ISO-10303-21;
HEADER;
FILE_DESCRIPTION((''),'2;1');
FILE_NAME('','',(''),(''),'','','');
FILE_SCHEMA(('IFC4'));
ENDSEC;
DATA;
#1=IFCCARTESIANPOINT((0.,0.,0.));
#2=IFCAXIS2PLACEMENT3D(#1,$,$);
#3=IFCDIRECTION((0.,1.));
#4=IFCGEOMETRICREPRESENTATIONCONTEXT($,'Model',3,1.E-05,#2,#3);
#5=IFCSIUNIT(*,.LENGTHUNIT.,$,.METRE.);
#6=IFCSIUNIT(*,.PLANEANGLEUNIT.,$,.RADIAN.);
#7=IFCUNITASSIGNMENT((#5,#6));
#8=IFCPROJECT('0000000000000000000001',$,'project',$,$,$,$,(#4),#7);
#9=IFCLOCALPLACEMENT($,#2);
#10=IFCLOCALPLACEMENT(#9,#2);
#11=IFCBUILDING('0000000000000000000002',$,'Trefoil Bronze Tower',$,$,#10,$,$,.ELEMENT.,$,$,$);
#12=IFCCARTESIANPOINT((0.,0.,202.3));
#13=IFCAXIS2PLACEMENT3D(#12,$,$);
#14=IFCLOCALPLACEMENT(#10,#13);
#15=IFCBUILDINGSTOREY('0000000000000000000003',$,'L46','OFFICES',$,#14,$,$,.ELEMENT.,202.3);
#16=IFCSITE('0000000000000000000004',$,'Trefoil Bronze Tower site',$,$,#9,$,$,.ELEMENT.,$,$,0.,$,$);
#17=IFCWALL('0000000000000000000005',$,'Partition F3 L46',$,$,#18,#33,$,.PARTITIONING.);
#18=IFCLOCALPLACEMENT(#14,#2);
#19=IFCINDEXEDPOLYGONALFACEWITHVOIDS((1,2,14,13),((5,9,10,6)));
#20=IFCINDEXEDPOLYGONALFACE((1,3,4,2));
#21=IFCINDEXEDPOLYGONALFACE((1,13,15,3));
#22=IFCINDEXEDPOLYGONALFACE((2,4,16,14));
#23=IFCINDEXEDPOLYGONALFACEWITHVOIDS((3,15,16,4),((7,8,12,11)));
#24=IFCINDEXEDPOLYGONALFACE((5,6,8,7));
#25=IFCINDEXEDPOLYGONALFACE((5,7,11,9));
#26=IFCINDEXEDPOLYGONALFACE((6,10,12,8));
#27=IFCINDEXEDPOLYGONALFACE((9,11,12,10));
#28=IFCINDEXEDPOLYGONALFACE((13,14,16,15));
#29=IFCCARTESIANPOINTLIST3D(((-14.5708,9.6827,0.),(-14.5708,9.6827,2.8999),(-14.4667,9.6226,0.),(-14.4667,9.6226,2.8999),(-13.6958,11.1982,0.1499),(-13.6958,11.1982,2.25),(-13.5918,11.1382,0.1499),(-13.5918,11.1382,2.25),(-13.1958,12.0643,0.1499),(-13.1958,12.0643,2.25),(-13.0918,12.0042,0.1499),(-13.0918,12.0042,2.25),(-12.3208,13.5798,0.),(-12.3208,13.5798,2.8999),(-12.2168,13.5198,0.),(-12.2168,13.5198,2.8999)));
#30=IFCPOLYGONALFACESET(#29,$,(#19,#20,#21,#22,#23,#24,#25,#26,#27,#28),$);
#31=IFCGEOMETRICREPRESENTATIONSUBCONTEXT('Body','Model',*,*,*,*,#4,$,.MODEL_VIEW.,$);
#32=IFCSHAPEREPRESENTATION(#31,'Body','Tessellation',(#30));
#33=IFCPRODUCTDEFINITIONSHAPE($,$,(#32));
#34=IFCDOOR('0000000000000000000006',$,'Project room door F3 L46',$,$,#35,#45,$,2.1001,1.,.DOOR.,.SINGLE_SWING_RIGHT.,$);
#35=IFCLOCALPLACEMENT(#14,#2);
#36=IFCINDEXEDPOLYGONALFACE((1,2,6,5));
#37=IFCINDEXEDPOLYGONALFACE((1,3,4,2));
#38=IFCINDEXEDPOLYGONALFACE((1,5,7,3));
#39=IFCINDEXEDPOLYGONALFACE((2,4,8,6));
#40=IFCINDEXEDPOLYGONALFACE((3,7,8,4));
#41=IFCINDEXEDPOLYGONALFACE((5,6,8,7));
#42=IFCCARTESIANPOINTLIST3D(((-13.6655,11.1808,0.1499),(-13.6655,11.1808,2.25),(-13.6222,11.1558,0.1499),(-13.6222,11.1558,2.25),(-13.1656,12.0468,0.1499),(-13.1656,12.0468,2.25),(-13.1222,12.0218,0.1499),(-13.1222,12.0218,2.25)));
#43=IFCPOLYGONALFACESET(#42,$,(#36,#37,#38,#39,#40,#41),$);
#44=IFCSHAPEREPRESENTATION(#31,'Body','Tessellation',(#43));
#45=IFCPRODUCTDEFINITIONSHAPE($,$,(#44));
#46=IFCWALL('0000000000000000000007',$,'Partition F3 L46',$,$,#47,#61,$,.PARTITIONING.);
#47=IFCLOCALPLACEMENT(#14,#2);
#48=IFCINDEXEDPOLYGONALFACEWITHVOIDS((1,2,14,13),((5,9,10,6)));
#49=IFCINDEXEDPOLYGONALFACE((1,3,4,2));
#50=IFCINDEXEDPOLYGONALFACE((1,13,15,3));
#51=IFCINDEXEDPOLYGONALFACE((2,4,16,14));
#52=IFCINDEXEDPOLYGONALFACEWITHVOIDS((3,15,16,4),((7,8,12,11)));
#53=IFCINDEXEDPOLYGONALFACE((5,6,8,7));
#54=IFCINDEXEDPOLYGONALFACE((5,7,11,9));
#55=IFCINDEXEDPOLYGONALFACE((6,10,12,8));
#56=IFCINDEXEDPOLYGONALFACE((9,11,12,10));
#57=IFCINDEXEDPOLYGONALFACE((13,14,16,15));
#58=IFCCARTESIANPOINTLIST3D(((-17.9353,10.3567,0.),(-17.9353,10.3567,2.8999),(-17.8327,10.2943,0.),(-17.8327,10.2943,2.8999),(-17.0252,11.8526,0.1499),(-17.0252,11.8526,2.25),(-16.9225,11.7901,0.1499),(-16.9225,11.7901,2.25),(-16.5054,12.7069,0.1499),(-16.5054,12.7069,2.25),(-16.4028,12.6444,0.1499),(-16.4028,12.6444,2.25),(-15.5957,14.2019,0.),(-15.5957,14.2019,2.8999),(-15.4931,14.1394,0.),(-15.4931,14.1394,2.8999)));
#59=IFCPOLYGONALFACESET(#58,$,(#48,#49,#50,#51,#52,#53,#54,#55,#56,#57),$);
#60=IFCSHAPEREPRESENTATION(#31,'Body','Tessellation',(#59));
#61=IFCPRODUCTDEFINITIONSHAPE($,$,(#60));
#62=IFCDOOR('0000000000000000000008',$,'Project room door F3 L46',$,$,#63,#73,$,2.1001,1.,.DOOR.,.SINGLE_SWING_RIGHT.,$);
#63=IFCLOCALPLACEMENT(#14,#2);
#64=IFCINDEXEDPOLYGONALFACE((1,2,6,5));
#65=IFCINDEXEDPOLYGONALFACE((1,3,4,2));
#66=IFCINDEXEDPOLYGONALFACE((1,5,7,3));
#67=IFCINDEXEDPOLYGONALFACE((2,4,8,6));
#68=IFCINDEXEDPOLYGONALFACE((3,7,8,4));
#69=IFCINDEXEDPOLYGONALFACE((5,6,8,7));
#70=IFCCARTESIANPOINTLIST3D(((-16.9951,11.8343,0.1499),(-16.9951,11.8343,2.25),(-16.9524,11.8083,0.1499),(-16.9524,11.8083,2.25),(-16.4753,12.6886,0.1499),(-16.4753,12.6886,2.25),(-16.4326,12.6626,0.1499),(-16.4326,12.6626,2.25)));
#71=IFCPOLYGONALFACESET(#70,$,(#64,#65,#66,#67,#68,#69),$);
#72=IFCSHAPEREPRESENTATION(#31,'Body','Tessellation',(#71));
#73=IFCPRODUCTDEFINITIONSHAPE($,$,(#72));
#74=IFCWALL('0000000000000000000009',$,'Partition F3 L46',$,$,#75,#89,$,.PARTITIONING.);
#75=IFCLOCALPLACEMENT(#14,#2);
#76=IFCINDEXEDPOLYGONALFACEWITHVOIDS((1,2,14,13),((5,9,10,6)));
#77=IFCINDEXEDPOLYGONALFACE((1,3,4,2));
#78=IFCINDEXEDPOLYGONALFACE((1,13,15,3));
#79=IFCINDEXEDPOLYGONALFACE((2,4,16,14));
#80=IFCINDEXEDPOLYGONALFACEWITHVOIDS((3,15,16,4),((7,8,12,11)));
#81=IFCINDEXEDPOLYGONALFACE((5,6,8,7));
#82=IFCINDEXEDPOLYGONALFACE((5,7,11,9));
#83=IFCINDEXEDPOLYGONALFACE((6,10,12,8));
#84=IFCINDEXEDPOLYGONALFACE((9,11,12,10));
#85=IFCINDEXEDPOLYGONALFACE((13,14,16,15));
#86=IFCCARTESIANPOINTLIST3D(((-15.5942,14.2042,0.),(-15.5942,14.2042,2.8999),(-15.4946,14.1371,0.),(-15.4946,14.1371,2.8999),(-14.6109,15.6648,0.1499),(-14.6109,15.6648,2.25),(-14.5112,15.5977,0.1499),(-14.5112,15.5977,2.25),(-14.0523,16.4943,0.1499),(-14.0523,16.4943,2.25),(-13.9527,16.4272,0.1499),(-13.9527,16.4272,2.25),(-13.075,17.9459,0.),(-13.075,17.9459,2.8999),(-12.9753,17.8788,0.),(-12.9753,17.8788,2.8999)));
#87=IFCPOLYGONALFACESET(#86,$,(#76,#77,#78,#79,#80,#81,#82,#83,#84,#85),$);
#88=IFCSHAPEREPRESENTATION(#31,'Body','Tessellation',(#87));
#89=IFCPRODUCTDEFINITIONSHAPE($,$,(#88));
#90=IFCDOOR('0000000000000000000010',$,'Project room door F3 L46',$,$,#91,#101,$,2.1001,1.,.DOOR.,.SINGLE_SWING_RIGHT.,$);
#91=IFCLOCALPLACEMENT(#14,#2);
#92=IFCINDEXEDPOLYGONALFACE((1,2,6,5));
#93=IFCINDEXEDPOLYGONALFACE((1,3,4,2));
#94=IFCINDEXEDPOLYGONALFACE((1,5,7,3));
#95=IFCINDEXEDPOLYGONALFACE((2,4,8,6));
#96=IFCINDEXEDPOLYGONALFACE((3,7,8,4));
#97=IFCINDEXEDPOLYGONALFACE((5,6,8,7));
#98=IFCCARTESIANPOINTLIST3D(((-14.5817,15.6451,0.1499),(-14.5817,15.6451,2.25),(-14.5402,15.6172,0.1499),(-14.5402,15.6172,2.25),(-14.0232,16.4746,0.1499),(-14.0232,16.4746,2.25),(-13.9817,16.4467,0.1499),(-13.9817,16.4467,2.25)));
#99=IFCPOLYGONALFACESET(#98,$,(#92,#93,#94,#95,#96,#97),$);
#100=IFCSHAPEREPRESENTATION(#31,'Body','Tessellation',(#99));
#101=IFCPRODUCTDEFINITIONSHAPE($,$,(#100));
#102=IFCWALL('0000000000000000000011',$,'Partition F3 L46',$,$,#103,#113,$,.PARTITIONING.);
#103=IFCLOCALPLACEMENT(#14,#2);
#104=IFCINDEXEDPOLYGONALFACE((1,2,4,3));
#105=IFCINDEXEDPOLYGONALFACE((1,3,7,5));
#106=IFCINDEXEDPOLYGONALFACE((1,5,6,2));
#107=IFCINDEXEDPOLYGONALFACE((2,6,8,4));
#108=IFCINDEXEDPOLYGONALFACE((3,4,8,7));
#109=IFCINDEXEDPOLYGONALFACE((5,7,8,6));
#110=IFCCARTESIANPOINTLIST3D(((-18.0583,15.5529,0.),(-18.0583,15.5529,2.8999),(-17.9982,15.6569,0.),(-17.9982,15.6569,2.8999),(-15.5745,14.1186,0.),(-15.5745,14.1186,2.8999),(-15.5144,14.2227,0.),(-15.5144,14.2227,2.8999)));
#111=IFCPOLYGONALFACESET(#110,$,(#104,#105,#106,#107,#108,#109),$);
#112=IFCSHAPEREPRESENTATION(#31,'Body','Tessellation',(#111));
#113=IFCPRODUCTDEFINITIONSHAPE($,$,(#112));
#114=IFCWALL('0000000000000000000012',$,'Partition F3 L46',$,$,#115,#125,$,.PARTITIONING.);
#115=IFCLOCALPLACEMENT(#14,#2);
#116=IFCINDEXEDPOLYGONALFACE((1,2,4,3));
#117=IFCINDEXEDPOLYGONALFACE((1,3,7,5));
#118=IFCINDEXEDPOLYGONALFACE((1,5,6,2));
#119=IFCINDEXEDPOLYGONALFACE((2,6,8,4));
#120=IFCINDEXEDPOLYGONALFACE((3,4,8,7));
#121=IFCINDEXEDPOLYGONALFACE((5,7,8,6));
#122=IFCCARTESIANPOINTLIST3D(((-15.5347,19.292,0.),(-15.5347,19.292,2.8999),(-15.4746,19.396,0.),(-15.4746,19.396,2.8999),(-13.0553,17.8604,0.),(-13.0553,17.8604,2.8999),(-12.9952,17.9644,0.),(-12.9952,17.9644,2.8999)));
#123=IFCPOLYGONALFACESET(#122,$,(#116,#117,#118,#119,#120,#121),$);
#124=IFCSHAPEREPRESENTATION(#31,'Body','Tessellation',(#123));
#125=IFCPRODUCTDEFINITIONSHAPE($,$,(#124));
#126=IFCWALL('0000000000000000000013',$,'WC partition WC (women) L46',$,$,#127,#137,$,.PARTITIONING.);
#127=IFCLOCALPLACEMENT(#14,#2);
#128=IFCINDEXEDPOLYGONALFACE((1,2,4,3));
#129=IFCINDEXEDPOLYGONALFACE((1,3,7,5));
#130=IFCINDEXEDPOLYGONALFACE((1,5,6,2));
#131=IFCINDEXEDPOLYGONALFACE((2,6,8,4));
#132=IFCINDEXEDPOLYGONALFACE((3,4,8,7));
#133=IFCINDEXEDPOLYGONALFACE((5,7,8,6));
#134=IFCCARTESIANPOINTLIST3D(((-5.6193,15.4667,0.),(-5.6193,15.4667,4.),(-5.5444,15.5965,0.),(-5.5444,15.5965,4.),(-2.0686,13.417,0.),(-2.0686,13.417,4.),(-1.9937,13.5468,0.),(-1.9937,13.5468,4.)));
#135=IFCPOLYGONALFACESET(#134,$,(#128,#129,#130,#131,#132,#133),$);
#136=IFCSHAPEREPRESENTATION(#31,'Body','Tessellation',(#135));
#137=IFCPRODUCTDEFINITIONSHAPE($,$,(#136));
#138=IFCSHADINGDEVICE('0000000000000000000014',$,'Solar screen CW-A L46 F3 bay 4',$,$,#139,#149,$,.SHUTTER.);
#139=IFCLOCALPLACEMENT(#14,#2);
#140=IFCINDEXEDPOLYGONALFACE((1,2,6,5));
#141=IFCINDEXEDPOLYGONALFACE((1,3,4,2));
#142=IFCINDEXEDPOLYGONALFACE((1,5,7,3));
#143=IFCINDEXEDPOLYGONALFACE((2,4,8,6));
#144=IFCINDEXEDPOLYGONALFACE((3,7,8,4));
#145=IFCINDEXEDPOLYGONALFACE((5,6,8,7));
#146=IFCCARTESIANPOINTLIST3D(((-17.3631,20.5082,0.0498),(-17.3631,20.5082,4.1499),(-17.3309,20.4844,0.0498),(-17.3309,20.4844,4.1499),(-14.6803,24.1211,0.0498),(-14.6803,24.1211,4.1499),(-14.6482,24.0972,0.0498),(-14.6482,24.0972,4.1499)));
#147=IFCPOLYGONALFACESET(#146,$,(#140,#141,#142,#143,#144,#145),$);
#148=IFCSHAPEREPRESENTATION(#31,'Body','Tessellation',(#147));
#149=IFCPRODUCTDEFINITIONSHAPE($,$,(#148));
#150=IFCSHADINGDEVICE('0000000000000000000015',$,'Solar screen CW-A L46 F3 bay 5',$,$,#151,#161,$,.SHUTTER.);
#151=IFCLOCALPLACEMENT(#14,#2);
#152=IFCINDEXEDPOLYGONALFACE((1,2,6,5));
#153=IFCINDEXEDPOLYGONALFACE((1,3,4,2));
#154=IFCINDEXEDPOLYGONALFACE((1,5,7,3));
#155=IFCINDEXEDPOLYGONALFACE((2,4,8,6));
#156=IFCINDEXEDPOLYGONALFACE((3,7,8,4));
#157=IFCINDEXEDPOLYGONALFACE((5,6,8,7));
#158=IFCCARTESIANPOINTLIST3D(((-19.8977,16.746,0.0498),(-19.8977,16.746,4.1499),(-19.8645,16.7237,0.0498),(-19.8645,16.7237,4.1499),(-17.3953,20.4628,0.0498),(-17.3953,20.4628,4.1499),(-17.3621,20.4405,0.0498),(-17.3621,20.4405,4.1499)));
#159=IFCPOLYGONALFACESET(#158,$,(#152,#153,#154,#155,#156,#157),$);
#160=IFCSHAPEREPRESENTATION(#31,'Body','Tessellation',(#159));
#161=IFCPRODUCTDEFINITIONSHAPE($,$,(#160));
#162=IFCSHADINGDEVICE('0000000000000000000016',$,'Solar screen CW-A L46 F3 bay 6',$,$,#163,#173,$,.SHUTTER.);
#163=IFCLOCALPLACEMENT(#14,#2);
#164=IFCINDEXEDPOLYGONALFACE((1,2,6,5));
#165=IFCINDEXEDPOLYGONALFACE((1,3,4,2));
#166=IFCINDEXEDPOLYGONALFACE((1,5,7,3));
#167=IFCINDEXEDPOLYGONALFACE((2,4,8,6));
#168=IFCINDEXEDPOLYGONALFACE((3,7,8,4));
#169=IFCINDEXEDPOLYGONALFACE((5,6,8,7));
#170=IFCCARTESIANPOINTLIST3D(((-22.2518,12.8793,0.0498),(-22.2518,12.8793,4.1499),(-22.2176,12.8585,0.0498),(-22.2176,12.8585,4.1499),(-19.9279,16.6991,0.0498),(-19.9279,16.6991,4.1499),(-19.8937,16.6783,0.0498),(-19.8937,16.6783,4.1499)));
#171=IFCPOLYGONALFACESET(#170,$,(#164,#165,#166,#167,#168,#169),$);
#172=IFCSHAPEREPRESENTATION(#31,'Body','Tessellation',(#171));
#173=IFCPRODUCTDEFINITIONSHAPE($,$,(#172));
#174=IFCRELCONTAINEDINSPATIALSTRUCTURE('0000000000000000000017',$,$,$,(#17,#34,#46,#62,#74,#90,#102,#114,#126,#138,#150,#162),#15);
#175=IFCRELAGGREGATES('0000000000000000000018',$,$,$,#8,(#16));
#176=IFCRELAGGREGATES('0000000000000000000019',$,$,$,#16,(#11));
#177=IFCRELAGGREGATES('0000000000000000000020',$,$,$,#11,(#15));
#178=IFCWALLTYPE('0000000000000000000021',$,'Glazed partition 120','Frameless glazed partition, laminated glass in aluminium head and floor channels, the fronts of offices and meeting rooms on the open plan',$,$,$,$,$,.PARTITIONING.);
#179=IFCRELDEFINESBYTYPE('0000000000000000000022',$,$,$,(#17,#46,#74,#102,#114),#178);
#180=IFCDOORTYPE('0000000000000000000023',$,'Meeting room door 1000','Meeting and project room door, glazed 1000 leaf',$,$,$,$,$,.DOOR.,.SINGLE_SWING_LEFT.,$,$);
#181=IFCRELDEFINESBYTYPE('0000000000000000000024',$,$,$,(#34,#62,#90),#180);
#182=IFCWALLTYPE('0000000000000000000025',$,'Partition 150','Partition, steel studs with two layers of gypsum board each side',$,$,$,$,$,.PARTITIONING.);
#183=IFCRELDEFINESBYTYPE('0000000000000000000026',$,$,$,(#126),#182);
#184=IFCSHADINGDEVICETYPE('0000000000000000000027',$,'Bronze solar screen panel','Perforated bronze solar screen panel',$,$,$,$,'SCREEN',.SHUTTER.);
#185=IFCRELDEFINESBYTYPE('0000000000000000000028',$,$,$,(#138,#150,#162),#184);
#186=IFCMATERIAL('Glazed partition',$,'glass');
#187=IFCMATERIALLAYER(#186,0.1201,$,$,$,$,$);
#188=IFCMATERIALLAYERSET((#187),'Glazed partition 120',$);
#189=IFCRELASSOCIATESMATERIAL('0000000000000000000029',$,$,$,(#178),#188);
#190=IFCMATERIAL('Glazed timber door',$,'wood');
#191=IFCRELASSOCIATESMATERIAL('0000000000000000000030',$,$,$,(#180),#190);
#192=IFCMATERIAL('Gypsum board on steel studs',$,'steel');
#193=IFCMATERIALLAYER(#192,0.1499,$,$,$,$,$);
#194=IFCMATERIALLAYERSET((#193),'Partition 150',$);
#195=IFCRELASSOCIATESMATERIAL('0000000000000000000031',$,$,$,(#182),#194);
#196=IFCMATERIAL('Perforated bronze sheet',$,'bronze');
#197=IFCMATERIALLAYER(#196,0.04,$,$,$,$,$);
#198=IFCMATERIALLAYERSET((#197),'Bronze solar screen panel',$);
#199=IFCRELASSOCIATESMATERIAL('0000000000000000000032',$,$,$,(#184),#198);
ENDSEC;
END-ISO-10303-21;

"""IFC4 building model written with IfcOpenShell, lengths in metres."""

from ifc_helpers import new_model, si_unit, direction, frame, frame_2d, origin, origin_2d, place, context, subcontext, project, spatial, rectangle, extrude, material, layer, layer_set, type_object, element, fill, save


model = new_model("IFC4")

# Units and contexts
model_context = context("Model", 3, precision=1e-05, world=origin(), true_north=direction((0.0, 1.0)))
body_context = subcontext(model_context, "Body", "Model", "MODEL_VIEW")
ifc_project = project(units=[si_unit("LENGTHUNIT", "METRE"), si_unit("PLANEANGLEUNIT", "RADIAN")], contexts=[model_context])

# Site, building, storey
site_placement = place(None, origin())
site = spatial("IfcSite", under=ifc_project, at=site_placement, Name="Trefoil Bronze Tower site", CompositionType="ELEMENT", RefElevation=0.0)
building_placement = place(site_placement, origin())
building = spatial("IfcBuilding", under=site, at=building_placement, Name="Trefoil Bronze Tower", CompositionType="ELEMENT")
storey_placement = place(building_placement, frame((0.0, 0.0, 202.3)))
storey = spatial("IfcBuildingStorey", under=building, at=storey_placement, Name="L46", Description="OFFICES", CompositionType="ELEMENT", Elevation=202.3)

# Walls, openings, doors
ifc_material_1 = material(Name="Glazed partition", Category="glass")
ifc_layer_1 = layer(ifc_material_1, 0.1201)
ifc_layer_set_1 = layer_set([ifc_layer_1], Name="Glazed partition 120")
wall_type_1 = type_object("IfcWallType", Name="Glazed partition 120", Description="Frameless glazed partition, laminated glass in aluminium head and floor channels, the fronts of offices and meeting rooms on the open plan", PredefinedType="PARTITIONING", material=ifc_layer_set_1)
wall_1_placement = place(storey_placement, frame((-12.2688, 13.5498, 0.0), z_axis=(0.0, 0.0, 1.0), x_axis=(-0.49999, -0.866031, 0.0)))
wall_1 = element("IfcWall", 1, at=wall_1_placement, inside=storey, type_object=wall_type_1, Name="Partition F3 L46", PredefinedType="PARTITIONING", context=body_context, shape_type="SweptSolid", body=[
    extrude(rectangle(XDim=4.5, YDim=0.1201, at=frame_2d((2.25, 0.0))), origin(), (0.0, 0.0, 1.0), 2.8999),
])
opening_1_placement = place(wall_1_placement, frame((1.75, 0.0, 0.1499)))
opening_1 = element("IfcOpeningElement", 2, at=opening_1_placement, cuts=wall_1, PredefinedType="OPENING", context=body_context, shape_type="SweptSolid", body=[
    extrude(rectangle(XDim=1.0, YDim=2.1001, at=frame_2d((0.5, 1.05))), frame((0.0, 0.0701, 0.0), z_axis=(0.0, -1.0, 0.0), x_axis=(1.0, 0.0, 0.0)), (0.0, 0.0, 1.0), 0.1401),
])
ifc_material_2 = material(Name="Glazed timber door", Category="wood")
door_type_1 = type_object("IfcDoorType", Name="Meeting room door 1000", Description="Meeting and project room door, glazed 1000 leaf", OperationType="SINGLE_SWING_LEFT", PredefinedType="DOOR", material=ifc_material_2)
door_1_placement = place(opening_1_placement, origin())
door_1 = element("IfcDoor", 3, at=door_1_placement, inside=storey, type_object=door_type_1, Name="Project room door F3 L46", OperationType="SINGLE_SWING_RIGHT", OverallHeight=2.1001, OverallWidth=1.0, PredefinedType="DOOR", context=body_context, shape_type="SweptSolid", body=[
    extrude(rectangle(XDim=1.0, YDim=2.1001, at=frame_2d((0.5, 1.05))), frame((0.0, 0.0249, 0.0), z_axis=(0.0, -1.0, 0.0), x_axis=(1.0, 0.0, 0.0)), (0.0, 0.0, 1.0), 0.05),
])
fill(opening_1, door_1)
wall_2_placement = place(storey_placement, frame((-15.5444, 14.1707, 0.0), z_axis=(0.0, 0.0, 1.0), x_axis=(-0.51979, -0.854294, 0.0)))
wall_2 = element("IfcWall", 4, at=wall_2_placement, inside=storey, type_object=wall_type_1, Name="Partition F3 L46", PredefinedType="PARTITIONING", context=body_context, shape_type="SweptSolid", body=[
    extrude(rectangle(XDim=4.501, YDim=0.1201, at=frame_2d((2.2505, 0.0))), origin(), (0.0, 0.0, 1.0), 2.8999),
])
opening_2_placement = place(wall_2_placement, frame((1.75, 0.0, 0.1499)))
opening_2 = element("IfcOpeningElement", 5, at=opening_2_placement, cuts=wall_2, PredefinedType="OPENING", context=body_context, shape_type="SweptSolid", body=[
    extrude(rectangle(XDim=1.0, YDim=2.1001, at=frame_2d((0.5, 1.05))), frame((0.0, 0.0701, 0.0), z_axis=(0.0, -1.0, 0.0), x_axis=(1.0, 0.0, 0.0)), (0.0, 0.0, 1.0), 0.1401),
])
door_2_placement = place(opening_2_placement, frame((1.0, 0.0, 0.0), z_axis=(0.0, 0.0, 1.0), x_axis=(-1.0, 0.0, 0.0)))
door_2 = element("IfcDoor", 6, at=door_2_placement, inside=storey, type_object=door_type_1, Name="Project room door F3 L46", OperationType="SINGLE_SWING_RIGHT", OverallHeight=2.1001, OverallWidth=1.0, PredefinedType="DOOR", context=body_context, shape_type="SweptSolid", body=[
    extrude(rectangle(XDim=1.0, YDim=2.1001, at=frame_2d((0.5, 1.05))), frame((0.0, 0.0249, 0.0), z_axis=(0.0, -1.0, 0.0), x_axis=(1.0, 0.0, 0.0)), (0.0, 0.0, 1.0), 0.05),
])
fill(opening_2, door_2)
wall_3_placement = place(storey_placement, frame((-13.0251, 17.9124, 0.0), z_axis=(0.0, 0.0, 1.0), x_axis=(-0.558504, -0.829502, 0.0)))
wall_3 = element("IfcWall", 7, at=wall_3_placement, inside=storey, type_object=wall_type_1, Name="Partition F3 L46", PredefinedType="PARTITIONING", context=body_context, shape_type="SweptSolid", body=[
    extrude(rectangle(XDim=4.5107, YDim=0.1201, at=frame_2d((2.2554, 0.0))), origin(), (0.0, 0.0, 1.0), 2.8999),
])
opening_3_placement = place(wall_3_placement, frame((1.75, 0.0, 0.1499)))
opening_3 = element("IfcOpeningElement", 8, at=opening_3_placement, cuts=wall_3, PredefinedType="OPENING", context=body_context, shape_type="SweptSolid", body=[
    extrude(rectangle(XDim=1.0, YDim=2.1001, at=frame_2d((0.5, 1.05))), frame((0.0, 0.0701, 0.0), z_axis=(0.0, -1.0, 0.0), x_axis=(1.0, 0.0, 0.0)), (0.0, 0.0, 1.0), 0.1401),
])
door_3_placement = place(opening_3_placement, frame((1.0, 0.0, 0.0), z_axis=(0.0, 0.0, 1.0), x_axis=(-1.0, 0.0, 0.0)))
door_3 = element("IfcDoor", 9, at=door_3_placement, inside=storey, type_object=door_type_1, Name="Project room door F3 L46", OperationType="SINGLE_SWING_RIGHT", OverallHeight=2.1001, OverallWidth=1.0, PredefinedType="DOOR", context=body_context, shape_type="SweptSolid", body=[
    extrude(rectangle(XDim=1.0, YDim=2.1001, at=frame_2d((0.5, 1.05))), frame((0.0, 0.0249, 0.0), z_axis=(0.0, -1.0, 0.0), x_axis=(1.0, 0.0, 0.0)), (0.0, 0.0, 1.0), 0.05),
])
fill(opening_3, door_3)

# Walls
wall_4_placement = place(storey_placement, frame((-15.5444, 14.1707, 0.0), z_axis=(0.0, 0.0, 1.0), x_axis=(-0.865987, 0.500066, 0.0)))
element("IfcWall", 10, at=wall_4_placement, inside=storey, type_object=wall_type_1, Name="Partition F3 L46", PredefinedType="PARTITIONING", context=body_context, shape_type="SweptSolid", body=[
    extrude(rectangle(XDim=2.8682, YDim=0.1201, at=frame_2d((1.4341, 0.0))), origin(), (0.0, 0.0, 1.0), 2.8999),
])
wall_5_placement = place(storey_placement, frame((-13.0251, 17.9124, 0.0), z_axis=(0.0, 0.0, 1.0), x_axis=(-0.86601, 0.500028, 0.0)))
element("IfcWall", 11, at=wall_5_placement, inside=storey, type_object=wall_type_1, Name="Partition F3 L46", PredefinedType="PARTITIONING", context=body_context, shape_type="SweptSolid", body=[
    extrude(rectangle(XDim=2.863, YDim=0.1201, at=frame_2d((1.4316, 0.0))), origin(), (0.0, 0.0, 1.0), 2.8999),
])
ifc_material_3 = material(Name="Gypsum board on steel studs", Category="steel")
ifc_layer_2 = layer(ifc_material_3, 0.1499)
ifc_layer_set_2 = layer_set([ifc_layer_2], Name="Partition 150")
wall_type_2 = type_object("IfcWallType", Name="Partition 150", Description="Partition, steel studs with two layers of gypsum board each side", PredefinedType="PARTITIONING", material=ifc_layer_set_2)
wall_6_placement = place(storey_placement, frame((-2.0312, 13.4819, 0.0), z_axis=(0.0, 0.0, 1.0), x_axis=(-0.866051, 0.499956, 0.0)))
element("IfcWall", 12, at=wall_6_placement, inside=storey, type_object=wall_type_2, Name="WC partition WC (women) L46", PredefinedType="PARTITIONING", context=body_context, shape_type="SweptSolid", body=[
    extrude(rectangle(XDim=4.0999, YDim=0.1499, at=frame_2d((2.0498, 0.0))), origin(), (0.0, 0.0, 1.0), 4.0),
])

# Shading devices
ifc_material_4 = material(Name="Perforated bronze sheet", Category="bronze")
ifc_layer_3 = layer(ifc_material_4, 0.04)
ifc_layer_set_3 = layer_set([ifc_layer_3], Name="Bronze solar screen panel")
shading_device_type = type_object("IfcShadingDeviceType", Name="Bronze solar screen panel", Description="Perforated bronze solar screen panel", ElementType="SCREEN", PredefinedType="SHUTTER", material=ifc_layer_set_3)
shading_device_1_placement = place(storey_placement, frame((-16.0056, 22.3027, 0.0498), z_axis=(0.0, 0.0, 1.0), x_axis=(-0.596162, -0.802865, 0.0)))
element("IfcShadingDevice", 13, at=shading_device_1_placement, inside=storey, type_object=shading_device_type, Name="Solar screen CW-A L46 F3 bay 4", PredefinedType="SHUTTER", context=body_context, shape_type="SweptSolid", body=[
    extrude(rectangle(XDim=4.5, YDim=0.04, at=origin_2d()), origin(), (0.0, 0.0, 1.0), 4.1001),
])
shading_device_2_placement = place(storey_placement, frame((-18.6299, 18.5933, 0.0498), z_axis=(0.0, 0.0, 1.0), x_axis=(-0.558493, -0.829509, 0.0)))
element("IfcShadingDevice", 14, at=shading_device_2_placement, inside=storey, type_object=shading_device_type, Name="Solar screen CW-A L46 F3 bay 5", PredefinedType="SHUTTER", context=body_context, shape_type="SweptSolid", body=[
    extrude(rectangle(XDim=4.4807, YDim=0.04, at=origin_2d()), origin(), (0.0, 0.0, 1.0), 4.1001),
])
shading_device_3_placement = place(storey_placement, frame((-21.0728, 14.7788, 0.0498), z_axis=(0.0, 0.0, 1.0), x_axis=(-0.519762, -0.854311, 0.0)))
element("IfcShadingDevice", 15, at=shading_device_3_placement, inside=storey, type_object=shading_device_type, Name="Solar screen CW-A L46 F3 bay 6", PredefinedType="SHUTTER", context=body_context, shape_type="SweptSolid", body=[
    extrude(rectangle(XDim=4.4712, YDim=0.04, at=origin_2d()), origin(), (0.0, 0.0, 1.0), 4.1001),
])

save(model, "model.ifc")
